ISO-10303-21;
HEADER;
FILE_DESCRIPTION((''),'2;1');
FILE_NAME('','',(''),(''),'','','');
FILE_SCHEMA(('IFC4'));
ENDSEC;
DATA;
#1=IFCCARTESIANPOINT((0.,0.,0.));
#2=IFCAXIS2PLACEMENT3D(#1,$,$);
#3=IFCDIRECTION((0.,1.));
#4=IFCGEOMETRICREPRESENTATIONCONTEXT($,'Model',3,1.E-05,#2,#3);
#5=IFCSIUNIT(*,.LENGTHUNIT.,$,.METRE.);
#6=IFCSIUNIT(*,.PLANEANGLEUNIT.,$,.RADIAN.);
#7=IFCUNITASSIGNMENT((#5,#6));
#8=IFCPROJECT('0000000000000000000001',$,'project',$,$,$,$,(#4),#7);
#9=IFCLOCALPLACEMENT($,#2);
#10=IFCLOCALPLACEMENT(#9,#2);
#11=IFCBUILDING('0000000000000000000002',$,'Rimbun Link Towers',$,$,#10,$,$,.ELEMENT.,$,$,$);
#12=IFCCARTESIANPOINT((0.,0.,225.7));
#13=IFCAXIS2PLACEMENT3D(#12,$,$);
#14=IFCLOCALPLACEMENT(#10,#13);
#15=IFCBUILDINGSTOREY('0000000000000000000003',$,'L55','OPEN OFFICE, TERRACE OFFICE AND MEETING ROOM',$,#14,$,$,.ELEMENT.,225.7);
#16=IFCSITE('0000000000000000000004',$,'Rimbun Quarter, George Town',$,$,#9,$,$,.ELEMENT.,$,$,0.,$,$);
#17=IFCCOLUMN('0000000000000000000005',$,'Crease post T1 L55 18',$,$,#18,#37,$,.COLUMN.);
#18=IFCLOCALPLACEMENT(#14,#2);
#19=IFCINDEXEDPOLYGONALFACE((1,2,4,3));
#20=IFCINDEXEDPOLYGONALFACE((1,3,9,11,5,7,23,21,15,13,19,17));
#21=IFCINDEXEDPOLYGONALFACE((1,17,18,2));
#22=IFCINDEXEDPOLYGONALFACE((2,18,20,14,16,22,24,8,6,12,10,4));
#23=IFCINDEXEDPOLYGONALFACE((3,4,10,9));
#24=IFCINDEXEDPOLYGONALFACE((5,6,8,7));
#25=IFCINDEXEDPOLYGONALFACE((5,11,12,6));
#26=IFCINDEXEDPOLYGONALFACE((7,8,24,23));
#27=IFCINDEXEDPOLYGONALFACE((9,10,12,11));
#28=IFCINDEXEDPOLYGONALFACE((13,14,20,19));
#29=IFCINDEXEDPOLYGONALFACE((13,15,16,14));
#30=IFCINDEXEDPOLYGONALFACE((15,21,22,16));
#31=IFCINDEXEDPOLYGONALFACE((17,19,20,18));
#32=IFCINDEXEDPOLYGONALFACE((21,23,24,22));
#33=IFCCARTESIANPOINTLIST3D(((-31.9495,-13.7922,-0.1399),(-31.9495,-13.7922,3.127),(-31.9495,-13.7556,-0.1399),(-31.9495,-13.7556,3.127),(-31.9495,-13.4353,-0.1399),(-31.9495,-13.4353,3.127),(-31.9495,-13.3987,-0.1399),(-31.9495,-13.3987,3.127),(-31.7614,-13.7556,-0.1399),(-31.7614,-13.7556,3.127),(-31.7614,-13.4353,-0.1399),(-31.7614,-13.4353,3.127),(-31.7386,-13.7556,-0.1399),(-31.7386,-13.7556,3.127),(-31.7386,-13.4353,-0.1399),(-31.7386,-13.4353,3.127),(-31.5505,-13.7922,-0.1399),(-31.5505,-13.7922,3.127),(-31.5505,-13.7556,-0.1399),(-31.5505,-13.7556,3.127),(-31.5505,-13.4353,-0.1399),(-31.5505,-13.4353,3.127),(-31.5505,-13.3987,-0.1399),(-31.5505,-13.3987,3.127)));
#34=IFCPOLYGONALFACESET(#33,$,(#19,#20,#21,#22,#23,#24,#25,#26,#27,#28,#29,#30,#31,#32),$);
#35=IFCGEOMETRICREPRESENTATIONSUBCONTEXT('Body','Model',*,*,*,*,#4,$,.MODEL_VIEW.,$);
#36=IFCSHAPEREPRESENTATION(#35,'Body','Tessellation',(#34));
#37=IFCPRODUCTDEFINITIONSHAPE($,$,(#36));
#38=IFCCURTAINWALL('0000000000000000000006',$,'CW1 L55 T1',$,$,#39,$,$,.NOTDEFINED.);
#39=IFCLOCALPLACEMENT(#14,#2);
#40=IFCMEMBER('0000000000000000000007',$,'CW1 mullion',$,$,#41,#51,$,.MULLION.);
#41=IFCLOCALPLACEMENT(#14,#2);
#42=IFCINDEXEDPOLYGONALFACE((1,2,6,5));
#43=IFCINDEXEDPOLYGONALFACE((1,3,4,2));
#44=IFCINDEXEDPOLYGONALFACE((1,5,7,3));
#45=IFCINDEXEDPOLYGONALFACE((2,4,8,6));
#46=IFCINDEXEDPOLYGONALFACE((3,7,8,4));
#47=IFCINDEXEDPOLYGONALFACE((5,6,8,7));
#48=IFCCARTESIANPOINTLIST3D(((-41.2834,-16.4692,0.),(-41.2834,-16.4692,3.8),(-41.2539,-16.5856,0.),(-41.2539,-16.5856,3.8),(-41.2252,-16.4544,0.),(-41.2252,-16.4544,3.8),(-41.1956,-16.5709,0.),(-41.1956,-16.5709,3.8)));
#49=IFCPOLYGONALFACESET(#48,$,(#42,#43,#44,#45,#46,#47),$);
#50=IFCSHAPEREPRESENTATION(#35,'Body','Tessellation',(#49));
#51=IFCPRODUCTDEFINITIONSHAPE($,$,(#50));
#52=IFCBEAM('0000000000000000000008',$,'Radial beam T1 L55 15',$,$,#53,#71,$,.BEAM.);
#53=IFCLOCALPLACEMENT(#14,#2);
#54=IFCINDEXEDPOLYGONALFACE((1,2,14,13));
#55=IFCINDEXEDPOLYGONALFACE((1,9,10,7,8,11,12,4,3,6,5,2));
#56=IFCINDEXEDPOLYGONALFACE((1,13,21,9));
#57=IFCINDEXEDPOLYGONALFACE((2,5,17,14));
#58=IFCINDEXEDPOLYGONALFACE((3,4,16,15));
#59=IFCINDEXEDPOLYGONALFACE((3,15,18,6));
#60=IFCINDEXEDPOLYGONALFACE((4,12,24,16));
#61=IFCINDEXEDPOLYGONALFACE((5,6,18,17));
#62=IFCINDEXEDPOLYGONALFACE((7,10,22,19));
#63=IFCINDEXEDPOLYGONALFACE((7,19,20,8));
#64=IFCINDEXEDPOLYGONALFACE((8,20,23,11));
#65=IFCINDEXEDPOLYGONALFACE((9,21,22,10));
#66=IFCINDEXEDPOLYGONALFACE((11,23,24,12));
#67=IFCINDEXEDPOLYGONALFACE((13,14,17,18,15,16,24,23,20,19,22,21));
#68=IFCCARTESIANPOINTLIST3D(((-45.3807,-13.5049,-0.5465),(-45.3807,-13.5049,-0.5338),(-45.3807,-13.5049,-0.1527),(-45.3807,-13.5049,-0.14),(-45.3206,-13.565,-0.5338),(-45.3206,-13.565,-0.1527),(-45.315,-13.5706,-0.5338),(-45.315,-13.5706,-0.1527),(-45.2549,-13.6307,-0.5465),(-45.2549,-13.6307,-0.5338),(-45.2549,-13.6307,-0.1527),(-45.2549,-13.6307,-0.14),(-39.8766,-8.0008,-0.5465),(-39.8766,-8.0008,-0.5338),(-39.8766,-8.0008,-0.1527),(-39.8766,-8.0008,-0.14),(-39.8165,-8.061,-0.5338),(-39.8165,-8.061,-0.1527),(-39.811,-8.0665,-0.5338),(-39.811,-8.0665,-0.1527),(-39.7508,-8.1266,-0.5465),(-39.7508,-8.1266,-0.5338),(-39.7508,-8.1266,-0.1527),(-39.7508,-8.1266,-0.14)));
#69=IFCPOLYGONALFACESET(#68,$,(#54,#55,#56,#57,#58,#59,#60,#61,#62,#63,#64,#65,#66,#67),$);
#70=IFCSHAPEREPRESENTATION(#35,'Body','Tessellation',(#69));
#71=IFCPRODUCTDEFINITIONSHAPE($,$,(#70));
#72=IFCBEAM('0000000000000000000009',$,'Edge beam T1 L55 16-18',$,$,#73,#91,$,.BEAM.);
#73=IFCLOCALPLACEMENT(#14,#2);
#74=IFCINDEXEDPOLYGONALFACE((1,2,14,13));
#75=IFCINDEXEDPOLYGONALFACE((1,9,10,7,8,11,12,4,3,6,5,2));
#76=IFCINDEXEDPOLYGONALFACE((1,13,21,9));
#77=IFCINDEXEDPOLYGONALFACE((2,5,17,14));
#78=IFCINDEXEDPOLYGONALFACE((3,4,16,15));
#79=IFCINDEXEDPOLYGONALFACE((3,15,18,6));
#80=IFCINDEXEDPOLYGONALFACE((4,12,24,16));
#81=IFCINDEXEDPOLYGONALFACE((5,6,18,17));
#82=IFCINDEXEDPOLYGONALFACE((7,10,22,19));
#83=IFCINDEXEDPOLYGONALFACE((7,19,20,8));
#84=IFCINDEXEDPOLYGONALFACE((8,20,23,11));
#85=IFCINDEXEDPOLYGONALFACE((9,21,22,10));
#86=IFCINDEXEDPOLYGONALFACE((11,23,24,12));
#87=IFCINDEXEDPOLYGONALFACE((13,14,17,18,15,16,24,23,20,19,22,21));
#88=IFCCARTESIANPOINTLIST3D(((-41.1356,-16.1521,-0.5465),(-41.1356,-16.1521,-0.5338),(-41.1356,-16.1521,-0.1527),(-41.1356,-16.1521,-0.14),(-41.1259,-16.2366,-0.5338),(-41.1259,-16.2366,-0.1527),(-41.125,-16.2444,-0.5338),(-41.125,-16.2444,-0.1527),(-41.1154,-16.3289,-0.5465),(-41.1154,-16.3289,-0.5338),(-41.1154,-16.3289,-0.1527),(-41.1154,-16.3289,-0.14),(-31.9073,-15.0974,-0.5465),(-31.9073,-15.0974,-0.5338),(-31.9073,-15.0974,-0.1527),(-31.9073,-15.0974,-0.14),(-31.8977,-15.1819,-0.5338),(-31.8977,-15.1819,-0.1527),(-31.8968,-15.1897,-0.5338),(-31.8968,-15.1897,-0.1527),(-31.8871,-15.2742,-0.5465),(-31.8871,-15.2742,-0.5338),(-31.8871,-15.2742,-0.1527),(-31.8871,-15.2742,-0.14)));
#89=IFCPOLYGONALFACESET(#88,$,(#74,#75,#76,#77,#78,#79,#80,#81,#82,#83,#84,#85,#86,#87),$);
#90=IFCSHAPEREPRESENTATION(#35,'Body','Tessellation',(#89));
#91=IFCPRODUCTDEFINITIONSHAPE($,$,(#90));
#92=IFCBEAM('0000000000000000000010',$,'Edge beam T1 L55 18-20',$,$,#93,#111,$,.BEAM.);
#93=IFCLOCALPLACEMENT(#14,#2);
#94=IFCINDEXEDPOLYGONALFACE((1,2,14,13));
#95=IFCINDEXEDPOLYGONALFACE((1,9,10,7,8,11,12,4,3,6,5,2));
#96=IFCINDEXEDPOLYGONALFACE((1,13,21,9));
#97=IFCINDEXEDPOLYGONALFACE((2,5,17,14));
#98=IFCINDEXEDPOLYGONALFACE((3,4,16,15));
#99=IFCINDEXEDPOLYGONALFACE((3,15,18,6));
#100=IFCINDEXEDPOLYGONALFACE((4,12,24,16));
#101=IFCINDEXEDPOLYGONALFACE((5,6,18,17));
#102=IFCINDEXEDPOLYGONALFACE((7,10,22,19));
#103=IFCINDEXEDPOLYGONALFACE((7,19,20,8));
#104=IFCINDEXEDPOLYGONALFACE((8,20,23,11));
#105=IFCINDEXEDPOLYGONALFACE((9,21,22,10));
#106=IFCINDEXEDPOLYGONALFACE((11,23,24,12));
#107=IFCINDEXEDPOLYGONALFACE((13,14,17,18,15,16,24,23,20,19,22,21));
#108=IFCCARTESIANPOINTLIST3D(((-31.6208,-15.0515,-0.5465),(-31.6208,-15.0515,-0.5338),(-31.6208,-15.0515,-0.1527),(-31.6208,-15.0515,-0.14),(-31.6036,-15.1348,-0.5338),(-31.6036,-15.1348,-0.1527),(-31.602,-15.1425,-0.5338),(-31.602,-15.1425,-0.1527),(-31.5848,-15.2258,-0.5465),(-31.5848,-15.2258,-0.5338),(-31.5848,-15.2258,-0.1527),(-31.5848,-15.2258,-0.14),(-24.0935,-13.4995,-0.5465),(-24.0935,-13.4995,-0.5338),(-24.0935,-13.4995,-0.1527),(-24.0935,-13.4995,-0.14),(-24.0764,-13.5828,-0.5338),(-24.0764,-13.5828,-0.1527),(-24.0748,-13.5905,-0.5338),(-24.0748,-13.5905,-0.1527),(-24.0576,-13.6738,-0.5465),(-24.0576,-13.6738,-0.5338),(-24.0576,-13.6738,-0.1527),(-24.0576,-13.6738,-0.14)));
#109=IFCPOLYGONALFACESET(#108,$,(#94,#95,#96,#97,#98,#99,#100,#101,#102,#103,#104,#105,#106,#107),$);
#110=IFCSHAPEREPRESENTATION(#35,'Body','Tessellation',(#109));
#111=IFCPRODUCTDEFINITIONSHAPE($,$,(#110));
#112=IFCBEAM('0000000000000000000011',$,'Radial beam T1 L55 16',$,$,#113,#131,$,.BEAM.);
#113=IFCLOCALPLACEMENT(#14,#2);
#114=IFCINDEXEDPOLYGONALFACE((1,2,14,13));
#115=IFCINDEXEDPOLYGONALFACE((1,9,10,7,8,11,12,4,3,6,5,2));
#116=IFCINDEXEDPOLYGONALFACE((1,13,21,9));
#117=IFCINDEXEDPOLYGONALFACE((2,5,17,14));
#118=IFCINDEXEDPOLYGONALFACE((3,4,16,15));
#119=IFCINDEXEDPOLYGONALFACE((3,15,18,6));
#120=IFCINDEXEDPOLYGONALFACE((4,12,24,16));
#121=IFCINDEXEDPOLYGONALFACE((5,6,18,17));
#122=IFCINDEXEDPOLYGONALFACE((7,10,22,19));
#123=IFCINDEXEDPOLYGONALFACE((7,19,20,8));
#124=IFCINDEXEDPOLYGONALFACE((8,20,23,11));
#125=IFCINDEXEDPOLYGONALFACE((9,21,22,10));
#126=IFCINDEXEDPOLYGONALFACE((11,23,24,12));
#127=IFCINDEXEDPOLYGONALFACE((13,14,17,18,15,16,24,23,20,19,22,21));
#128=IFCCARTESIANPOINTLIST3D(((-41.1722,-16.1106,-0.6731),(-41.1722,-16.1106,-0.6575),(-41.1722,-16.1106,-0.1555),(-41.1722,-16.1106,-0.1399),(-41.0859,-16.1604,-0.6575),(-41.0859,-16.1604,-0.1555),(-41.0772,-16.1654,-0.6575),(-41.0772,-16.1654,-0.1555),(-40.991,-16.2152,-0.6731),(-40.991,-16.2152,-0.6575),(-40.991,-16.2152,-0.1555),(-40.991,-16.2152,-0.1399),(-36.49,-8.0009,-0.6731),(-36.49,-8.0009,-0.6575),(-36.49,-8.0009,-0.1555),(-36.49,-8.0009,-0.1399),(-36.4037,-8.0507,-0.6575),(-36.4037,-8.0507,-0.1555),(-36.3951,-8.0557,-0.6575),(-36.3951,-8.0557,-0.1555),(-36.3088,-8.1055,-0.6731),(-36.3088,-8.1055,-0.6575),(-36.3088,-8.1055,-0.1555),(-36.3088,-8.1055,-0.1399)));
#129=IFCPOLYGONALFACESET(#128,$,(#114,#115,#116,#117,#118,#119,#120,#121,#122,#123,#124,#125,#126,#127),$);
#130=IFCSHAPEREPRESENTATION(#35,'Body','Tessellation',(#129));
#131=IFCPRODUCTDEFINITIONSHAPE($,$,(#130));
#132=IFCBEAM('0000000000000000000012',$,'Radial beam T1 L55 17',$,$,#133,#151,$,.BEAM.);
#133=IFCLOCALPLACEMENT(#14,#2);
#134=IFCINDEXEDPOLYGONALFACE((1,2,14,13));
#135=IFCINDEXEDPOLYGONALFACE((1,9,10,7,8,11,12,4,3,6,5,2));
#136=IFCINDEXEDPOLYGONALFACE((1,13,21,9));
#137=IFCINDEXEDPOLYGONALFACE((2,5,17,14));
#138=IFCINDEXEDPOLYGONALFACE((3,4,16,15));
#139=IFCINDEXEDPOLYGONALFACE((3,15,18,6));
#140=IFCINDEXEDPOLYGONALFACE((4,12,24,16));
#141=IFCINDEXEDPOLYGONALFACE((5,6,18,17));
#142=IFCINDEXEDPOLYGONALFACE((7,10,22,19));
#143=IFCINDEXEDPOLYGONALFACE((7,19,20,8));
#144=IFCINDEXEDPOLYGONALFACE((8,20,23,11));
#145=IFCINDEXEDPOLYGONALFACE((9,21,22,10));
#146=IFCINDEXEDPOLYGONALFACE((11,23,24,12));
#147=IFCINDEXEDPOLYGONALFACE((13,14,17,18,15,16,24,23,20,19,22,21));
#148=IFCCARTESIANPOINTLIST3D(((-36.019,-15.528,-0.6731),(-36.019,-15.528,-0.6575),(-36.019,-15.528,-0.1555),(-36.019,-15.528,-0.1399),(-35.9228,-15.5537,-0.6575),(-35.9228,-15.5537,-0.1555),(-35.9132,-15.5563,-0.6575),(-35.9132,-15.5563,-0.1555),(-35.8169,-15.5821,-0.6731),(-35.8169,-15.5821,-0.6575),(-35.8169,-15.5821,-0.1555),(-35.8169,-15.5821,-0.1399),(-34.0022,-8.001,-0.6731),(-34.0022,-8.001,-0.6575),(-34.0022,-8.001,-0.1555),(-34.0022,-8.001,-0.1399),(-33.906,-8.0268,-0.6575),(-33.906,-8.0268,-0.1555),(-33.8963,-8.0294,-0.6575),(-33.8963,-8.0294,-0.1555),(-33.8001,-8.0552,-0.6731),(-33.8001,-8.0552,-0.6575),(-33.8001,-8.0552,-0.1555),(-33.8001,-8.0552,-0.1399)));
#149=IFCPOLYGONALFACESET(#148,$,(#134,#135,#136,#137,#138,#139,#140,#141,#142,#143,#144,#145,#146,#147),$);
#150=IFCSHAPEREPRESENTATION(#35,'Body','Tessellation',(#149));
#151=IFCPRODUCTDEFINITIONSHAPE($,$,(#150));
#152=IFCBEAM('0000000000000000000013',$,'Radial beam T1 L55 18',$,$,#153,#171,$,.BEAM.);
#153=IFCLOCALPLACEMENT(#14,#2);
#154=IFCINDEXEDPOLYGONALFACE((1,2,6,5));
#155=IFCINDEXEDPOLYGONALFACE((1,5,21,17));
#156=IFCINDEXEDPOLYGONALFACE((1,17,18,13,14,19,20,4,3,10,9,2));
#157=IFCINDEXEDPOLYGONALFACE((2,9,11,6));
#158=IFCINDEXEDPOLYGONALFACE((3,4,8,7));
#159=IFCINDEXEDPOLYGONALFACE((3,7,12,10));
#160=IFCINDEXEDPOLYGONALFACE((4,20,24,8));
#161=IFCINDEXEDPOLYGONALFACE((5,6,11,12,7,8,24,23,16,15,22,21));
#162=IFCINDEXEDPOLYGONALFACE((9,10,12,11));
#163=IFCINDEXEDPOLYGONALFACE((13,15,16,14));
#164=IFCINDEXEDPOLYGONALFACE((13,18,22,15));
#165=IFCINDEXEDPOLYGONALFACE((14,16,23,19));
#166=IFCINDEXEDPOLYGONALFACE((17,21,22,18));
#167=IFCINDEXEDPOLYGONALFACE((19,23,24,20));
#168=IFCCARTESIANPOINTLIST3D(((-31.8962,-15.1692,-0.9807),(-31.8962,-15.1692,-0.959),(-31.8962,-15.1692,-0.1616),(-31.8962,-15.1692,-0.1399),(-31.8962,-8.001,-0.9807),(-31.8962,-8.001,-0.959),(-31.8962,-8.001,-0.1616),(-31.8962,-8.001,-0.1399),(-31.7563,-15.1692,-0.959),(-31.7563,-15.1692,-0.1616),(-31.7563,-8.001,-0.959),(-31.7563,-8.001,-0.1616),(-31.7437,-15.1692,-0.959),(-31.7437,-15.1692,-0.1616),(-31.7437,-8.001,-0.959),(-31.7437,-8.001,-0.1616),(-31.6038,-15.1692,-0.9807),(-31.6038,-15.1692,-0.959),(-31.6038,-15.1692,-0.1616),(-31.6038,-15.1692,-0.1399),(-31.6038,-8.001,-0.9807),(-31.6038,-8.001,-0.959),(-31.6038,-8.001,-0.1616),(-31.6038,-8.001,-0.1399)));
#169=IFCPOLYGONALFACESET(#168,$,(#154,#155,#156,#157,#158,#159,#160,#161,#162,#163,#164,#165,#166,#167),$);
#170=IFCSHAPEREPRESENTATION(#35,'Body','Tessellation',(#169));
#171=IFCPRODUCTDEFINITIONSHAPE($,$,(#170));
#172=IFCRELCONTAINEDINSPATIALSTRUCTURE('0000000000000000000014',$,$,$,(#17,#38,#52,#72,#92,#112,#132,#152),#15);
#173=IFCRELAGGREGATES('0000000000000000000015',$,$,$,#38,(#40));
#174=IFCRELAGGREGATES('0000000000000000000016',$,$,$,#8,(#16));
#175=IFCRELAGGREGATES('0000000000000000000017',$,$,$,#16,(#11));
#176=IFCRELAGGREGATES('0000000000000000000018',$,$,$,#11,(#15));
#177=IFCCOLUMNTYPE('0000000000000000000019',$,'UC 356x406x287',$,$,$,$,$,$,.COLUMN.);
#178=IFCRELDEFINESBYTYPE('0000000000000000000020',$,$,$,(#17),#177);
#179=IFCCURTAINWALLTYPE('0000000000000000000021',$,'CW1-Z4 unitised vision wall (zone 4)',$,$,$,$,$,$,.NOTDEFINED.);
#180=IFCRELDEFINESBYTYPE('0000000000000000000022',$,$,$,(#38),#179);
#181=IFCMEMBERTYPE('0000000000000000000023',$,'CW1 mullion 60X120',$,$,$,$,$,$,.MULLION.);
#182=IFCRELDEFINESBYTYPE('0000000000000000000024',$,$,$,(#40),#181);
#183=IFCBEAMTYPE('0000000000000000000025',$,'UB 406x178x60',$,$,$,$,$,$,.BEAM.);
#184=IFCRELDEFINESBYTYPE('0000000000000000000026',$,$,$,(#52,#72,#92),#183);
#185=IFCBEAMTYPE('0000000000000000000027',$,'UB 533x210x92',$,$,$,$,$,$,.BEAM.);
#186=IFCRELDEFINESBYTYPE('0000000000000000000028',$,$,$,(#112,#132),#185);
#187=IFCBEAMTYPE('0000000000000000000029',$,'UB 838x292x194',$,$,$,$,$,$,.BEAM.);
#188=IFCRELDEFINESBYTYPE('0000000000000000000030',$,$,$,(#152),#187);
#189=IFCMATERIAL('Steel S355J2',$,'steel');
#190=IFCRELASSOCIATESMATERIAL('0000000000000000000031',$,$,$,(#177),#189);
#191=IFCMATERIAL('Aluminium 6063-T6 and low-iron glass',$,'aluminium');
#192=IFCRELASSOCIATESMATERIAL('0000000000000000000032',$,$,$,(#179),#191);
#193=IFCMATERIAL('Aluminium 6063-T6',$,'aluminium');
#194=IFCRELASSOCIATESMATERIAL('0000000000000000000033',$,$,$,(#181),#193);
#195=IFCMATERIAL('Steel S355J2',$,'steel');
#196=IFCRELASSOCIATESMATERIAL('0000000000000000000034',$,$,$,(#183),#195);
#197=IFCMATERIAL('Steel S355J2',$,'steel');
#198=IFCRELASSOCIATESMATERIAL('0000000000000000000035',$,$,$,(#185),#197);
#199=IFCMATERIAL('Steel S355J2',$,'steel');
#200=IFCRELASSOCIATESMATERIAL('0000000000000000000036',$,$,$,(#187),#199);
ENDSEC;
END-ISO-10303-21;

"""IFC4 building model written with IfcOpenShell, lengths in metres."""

from ifc_helpers import new_model, si_unit, direction, frame, origin, origin_2d, place, context, subcontext, project, spatial, rectangle, i_section, extrude, material, material_profile, profile_set, type_object, element, aggregate, save


model = new_model("IFC4")

# Units and contexts
model_context = context("Model", 3, precision=1e-05, world=origin(), true_north=direction((0.0, 1.0)))
body_context = subcontext(model_context, "Body", "Model", "MODEL_VIEW")
ifc_project = project(units=[si_unit("LENGTHUNIT", "METRE"), si_unit("PLANEANGLEUNIT", "RADIAN")], contexts=[model_context])

# Site, building, storey
site_placement = place(None, origin())
site = spatial("IfcSite", under=ifc_project, at=site_placement, Name="Rimbun Quarter, George Town", CompositionType="ELEMENT", RefElevation=0.0)
building_placement = place(site_placement, origin())
building = spatial("IfcBuilding", under=site, at=building_placement, Name="Rimbun Link Towers", CompositionType="ELEMENT")
storey_placement = place(building_placement, frame((0.0, 0.0, 225.7)))
storey = spatial("IfcBuildingStorey", under=building, at=storey_placement, Name="L55", Description="OPEN OFFICE, TERRACE OFFICE AND MEETING ROOM", CompositionType="ELEMENT", Elevation=225.7)

# Column
ifc_material_1 = material(Name="Steel S355J2", Category="steel")
ifc_material_profile_1 = material_profile(ifc_material_1, i_section(OverallWidth=0.3989, OverallDepth=0.3936, WebThickness=0.0227, FlangeThickness=0.0366, at=origin_2d()), Name="UC 356x406x287")
ifc_profile_set_1 = profile_set([ifc_material_profile_1], Name="Steel S355J2")
column_type = type_object("IfcColumnType", Name="UC 356x406x287", PredefinedType="COLUMN", material=ifc_profile_set_1)
column_placement = place(storey_placement, frame((-31.75, -13.5955, -0.1399), z_axis=(0.0, 0.0, 1.0), x_axis=(1.0, 0.0, 0.0)))
element("IfcColumn", 1, at=column_placement, inside=storey, type_object=column_type, Name="Crease post T1 L55 18", PredefinedType="COLUMN", context=body_context, shape_type="SweptSolid", body=[
    extrude(i_section(OverallWidth=0.3989, OverallDepth=0.3936, WebThickness=0.0227, FlangeThickness=0.0366, at=origin_2d()), origin(), (0.0, 0.0, 1.0), 3.2668),
])

# Curtain wall, member
ifc_material_2 = material(Name="Aluminium 6063-T6 and low-iron glass", Category="aluminium")
curtain_wall_type = type_object("IfcCurtainWallType", Name="CW1-Z4 unitised vision wall (zone 4)", PredefinedType="NOTDEFINED", material=ifc_material_2)
curtain_wall_placement = place(storey_placement, origin())
curtain_wall = element("IfcCurtainWall", 2, at=curtain_wall_placement, inside=storey, type_object=curtain_wall_type, Name="CW1 L55 T1", PredefinedType="NOTDEFINED")
ifc_material_3 = material(Name="Aluminium 6063-T6", Category="aluminium")
ifc_material_profile_2 = material_profile(ifc_material_3, rectangle(XDim=0.1201, YDim=0.0601, at=origin_2d()), Name="MULLION 60X120")
ifc_profile_set_2 = profile_set([ifc_material_profile_2], Name="Aluminium 6063-T6")
member_type_1 = type_object("IfcMemberType", Name="CW1 mullion 60X120", PredefinedType="MULLION", material=ifc_profile_set_2)
member_1_placement = place(storey_placement, frame((-41.2395, -16.52, 0.0), z_axis=(0.0, 0.0, 1.0), x_axis=(0.245735, -0.969337, 0.0)))
member_1 = element("IfcMember", 3, at=member_1_placement, type_object=member_type_1, Name="CW1 mullion", PredefinedType="MULLION", context=body_context, shape_type="SweptSolid", body=[
    extrude(rectangle(XDim=0.1201, YDim=0.0601, at=origin_2d()), origin(), (0.0, 0.0, 1.0), 3.8),
])
aggregate(curtain_wall, [member_1])

# Beams
ifc_material_4 = material(Name="Steel S355J2", Category="steel")
ifc_material_profile_3 = material_profile(ifc_material_4, i_section(OverallWidth=0.178, OverallDepth=0.4065, WebThickness=0.0078, FlangeThickness=0.0127, at=origin_2d()), Name="UB 406x178x60")
ifc_profile_set_3 = profile_set([ifc_material_profile_3], Name="Steel S355J2")
beam_type_1 = type_object("IfcBeamType", Name="UB 406x178x60", PredefinedType="BEAM", material=ifc_profile_set_3)
beam_1_placement = place(storey_placement, frame((-39.8137, -8.0637, -0.3433), z_axis=(-0.707107, -0.707107, 0.0), x_axis=(0.707107, -0.707107, 0.0)))
element("IfcBeam", 4, at=beam_1_placement, inside=storey, type_object=beam_type_1, Name="Radial beam T1 L55 15", PredefinedType="BEAM", context=body_context, shape_type="SweptSolid", body=[
    extrude(i_section(OverallWidth=0.178, OverallDepth=0.4065, WebThickness=0.0078, FlangeThickness=0.0127, at=origin_2d()), origin(), (0.0, 0.0, 1.0), 7.7839),
])
beam_2_placement = place(storey_placement, frame((-41.1255, -16.2405, -0.3433), z_axis=(0.993532, 0.11355, 0.0), x_axis=(-0.11355, 0.993532, 0.0)))
element("IfcBeam", 5, at=beam_2_placement, inside=storey, type_object=beam_type_1, Name="Edge beam T1 L55 16-18", PredefinedType="BEAM", context=body_context, shape_type="SweptSolid", body=[
    extrude(i_section(OverallWidth=0.178, OverallDepth=0.4065, WebThickness=0.0078, FlangeThickness=0.0127, at=origin_2d()), origin(), (0.0, 0.0, 1.0), 9.2883),
])
beam_3_placement = place(storey_placement, frame((-31.6028, -15.1387, -0.3433), z_axis=(0.979398, 0.201941, 0.0), x_axis=(-0.201941, 0.979398, 0.0)))
element("IfcBeam", 6, at=beam_3_placement, inside=storey, type_object=beam_type_1, Name="Edge beam T1 L55 18-20", PredefinedType="BEAM", context=body_context, shape_type="SweptSolid", body=[
    extrude(i_section(OverallWidth=0.178, OverallDepth=0.4065, WebThickness=0.0078, FlangeThickness=0.0127, at=origin_2d()), origin(), (0.0, 0.0, 1.0), 7.6855),
])
ifc_material_5 = material(Name="Steel S355J2", Category="steel")
ifc_material_profile_4 = material_profile(ifc_material_5, i_section(OverallWidth=0.2092, OverallDepth=0.5332, WebThickness=0.01, FlangeThickness=0.0156, at=origin_2d()), Name="UB 533x210x92")
ifc_profile_set_4 = profile_set([ifc_material_profile_4], Name="Steel S355J2")
beam_type_2 = type_object("IfcBeamType", Name="UB 533x210x92", PredefinedType="BEAM", material=ifc_profile_set_4)
beam_4_placement = place(storey_placement, frame((-36.3994, -8.0532, -0.4065), z_axis=(-0.500003, -0.866024, 0.0), x_axis=(0.866024, -0.500003, 0.0)))
element("IfcBeam", 7, at=beam_4_placement, inside=storey, type_object=beam_type_2, Name="Radial beam T1 L55 16", PredefinedType="BEAM", context=body_context, shape_type="SweptSolid", body=[
    extrude(i_section(OverallWidth=0.2092, OverallDepth=0.5332, WebThickness=0.01, FlangeThickness=0.0156, at=origin_2d()), origin(), (0.0, 0.0, 1.0), 9.3643),
])
beam_5_placement = place(storey_placement, frame((-33.9011, -8.0281, -0.4065), z_axis=(-0.258823, -0.965925, 0.0), x_axis=(0.965925, -0.258823, 0.0)))
element("IfcBeam", 8, at=beam_5_placement, inside=storey, type_object=beam_type_2, Name="Radial beam T1 L55 17", PredefinedType="BEAM", context=body_context, shape_type="SweptSolid", body=[
    extrude(i_section(OverallWidth=0.2092, OverallDepth=0.5332, WebThickness=0.01, FlangeThickness=0.0156, at=origin_2d()), origin(), (0.0, 0.0, 1.0), 7.7925),
])
ifc_material_6 = material(Name="Steel S355J2", Category="steel")
ifc_material_profile_5 = material_profile(ifc_material_6, i_section(OverallWidth=0.2925, OverallDepth=0.8408, WebThickness=0.0127, FlangeThickness=0.0217, at=origin_2d()), Name="UB 838x292x194")
ifc_profile_set_5 = profile_set([ifc_material_profile_5], Name="Steel S355J2")
beam_type_3 = type_object("IfcBeamType", Name="UB 838x292x194", PredefinedType="BEAM", material=ifc_profile_set_5)
beam_6_placement = place(storey_placement, frame((-31.75, -8.001, -0.5603), z_axis=(0.0, -1.0, 0.0), x_axis=(1.0, 0.0, 0.0)))
element("IfcBeam", 9, at=beam_6_placement, inside=storey, type_object=beam_type_3, Name="Radial beam T1 L55 18", PredefinedType="BEAM", context=body_context, shape_type="SweptSolid", body=[
    extrude(i_section(OverallWidth=0.2925, OverallDepth=0.8408, WebThickness=0.0127, FlangeThickness=0.0217, at=origin_2d()), origin(), (0.0, 0.0, 1.0), 7.1682),
])

save(model, "model.ifc")
